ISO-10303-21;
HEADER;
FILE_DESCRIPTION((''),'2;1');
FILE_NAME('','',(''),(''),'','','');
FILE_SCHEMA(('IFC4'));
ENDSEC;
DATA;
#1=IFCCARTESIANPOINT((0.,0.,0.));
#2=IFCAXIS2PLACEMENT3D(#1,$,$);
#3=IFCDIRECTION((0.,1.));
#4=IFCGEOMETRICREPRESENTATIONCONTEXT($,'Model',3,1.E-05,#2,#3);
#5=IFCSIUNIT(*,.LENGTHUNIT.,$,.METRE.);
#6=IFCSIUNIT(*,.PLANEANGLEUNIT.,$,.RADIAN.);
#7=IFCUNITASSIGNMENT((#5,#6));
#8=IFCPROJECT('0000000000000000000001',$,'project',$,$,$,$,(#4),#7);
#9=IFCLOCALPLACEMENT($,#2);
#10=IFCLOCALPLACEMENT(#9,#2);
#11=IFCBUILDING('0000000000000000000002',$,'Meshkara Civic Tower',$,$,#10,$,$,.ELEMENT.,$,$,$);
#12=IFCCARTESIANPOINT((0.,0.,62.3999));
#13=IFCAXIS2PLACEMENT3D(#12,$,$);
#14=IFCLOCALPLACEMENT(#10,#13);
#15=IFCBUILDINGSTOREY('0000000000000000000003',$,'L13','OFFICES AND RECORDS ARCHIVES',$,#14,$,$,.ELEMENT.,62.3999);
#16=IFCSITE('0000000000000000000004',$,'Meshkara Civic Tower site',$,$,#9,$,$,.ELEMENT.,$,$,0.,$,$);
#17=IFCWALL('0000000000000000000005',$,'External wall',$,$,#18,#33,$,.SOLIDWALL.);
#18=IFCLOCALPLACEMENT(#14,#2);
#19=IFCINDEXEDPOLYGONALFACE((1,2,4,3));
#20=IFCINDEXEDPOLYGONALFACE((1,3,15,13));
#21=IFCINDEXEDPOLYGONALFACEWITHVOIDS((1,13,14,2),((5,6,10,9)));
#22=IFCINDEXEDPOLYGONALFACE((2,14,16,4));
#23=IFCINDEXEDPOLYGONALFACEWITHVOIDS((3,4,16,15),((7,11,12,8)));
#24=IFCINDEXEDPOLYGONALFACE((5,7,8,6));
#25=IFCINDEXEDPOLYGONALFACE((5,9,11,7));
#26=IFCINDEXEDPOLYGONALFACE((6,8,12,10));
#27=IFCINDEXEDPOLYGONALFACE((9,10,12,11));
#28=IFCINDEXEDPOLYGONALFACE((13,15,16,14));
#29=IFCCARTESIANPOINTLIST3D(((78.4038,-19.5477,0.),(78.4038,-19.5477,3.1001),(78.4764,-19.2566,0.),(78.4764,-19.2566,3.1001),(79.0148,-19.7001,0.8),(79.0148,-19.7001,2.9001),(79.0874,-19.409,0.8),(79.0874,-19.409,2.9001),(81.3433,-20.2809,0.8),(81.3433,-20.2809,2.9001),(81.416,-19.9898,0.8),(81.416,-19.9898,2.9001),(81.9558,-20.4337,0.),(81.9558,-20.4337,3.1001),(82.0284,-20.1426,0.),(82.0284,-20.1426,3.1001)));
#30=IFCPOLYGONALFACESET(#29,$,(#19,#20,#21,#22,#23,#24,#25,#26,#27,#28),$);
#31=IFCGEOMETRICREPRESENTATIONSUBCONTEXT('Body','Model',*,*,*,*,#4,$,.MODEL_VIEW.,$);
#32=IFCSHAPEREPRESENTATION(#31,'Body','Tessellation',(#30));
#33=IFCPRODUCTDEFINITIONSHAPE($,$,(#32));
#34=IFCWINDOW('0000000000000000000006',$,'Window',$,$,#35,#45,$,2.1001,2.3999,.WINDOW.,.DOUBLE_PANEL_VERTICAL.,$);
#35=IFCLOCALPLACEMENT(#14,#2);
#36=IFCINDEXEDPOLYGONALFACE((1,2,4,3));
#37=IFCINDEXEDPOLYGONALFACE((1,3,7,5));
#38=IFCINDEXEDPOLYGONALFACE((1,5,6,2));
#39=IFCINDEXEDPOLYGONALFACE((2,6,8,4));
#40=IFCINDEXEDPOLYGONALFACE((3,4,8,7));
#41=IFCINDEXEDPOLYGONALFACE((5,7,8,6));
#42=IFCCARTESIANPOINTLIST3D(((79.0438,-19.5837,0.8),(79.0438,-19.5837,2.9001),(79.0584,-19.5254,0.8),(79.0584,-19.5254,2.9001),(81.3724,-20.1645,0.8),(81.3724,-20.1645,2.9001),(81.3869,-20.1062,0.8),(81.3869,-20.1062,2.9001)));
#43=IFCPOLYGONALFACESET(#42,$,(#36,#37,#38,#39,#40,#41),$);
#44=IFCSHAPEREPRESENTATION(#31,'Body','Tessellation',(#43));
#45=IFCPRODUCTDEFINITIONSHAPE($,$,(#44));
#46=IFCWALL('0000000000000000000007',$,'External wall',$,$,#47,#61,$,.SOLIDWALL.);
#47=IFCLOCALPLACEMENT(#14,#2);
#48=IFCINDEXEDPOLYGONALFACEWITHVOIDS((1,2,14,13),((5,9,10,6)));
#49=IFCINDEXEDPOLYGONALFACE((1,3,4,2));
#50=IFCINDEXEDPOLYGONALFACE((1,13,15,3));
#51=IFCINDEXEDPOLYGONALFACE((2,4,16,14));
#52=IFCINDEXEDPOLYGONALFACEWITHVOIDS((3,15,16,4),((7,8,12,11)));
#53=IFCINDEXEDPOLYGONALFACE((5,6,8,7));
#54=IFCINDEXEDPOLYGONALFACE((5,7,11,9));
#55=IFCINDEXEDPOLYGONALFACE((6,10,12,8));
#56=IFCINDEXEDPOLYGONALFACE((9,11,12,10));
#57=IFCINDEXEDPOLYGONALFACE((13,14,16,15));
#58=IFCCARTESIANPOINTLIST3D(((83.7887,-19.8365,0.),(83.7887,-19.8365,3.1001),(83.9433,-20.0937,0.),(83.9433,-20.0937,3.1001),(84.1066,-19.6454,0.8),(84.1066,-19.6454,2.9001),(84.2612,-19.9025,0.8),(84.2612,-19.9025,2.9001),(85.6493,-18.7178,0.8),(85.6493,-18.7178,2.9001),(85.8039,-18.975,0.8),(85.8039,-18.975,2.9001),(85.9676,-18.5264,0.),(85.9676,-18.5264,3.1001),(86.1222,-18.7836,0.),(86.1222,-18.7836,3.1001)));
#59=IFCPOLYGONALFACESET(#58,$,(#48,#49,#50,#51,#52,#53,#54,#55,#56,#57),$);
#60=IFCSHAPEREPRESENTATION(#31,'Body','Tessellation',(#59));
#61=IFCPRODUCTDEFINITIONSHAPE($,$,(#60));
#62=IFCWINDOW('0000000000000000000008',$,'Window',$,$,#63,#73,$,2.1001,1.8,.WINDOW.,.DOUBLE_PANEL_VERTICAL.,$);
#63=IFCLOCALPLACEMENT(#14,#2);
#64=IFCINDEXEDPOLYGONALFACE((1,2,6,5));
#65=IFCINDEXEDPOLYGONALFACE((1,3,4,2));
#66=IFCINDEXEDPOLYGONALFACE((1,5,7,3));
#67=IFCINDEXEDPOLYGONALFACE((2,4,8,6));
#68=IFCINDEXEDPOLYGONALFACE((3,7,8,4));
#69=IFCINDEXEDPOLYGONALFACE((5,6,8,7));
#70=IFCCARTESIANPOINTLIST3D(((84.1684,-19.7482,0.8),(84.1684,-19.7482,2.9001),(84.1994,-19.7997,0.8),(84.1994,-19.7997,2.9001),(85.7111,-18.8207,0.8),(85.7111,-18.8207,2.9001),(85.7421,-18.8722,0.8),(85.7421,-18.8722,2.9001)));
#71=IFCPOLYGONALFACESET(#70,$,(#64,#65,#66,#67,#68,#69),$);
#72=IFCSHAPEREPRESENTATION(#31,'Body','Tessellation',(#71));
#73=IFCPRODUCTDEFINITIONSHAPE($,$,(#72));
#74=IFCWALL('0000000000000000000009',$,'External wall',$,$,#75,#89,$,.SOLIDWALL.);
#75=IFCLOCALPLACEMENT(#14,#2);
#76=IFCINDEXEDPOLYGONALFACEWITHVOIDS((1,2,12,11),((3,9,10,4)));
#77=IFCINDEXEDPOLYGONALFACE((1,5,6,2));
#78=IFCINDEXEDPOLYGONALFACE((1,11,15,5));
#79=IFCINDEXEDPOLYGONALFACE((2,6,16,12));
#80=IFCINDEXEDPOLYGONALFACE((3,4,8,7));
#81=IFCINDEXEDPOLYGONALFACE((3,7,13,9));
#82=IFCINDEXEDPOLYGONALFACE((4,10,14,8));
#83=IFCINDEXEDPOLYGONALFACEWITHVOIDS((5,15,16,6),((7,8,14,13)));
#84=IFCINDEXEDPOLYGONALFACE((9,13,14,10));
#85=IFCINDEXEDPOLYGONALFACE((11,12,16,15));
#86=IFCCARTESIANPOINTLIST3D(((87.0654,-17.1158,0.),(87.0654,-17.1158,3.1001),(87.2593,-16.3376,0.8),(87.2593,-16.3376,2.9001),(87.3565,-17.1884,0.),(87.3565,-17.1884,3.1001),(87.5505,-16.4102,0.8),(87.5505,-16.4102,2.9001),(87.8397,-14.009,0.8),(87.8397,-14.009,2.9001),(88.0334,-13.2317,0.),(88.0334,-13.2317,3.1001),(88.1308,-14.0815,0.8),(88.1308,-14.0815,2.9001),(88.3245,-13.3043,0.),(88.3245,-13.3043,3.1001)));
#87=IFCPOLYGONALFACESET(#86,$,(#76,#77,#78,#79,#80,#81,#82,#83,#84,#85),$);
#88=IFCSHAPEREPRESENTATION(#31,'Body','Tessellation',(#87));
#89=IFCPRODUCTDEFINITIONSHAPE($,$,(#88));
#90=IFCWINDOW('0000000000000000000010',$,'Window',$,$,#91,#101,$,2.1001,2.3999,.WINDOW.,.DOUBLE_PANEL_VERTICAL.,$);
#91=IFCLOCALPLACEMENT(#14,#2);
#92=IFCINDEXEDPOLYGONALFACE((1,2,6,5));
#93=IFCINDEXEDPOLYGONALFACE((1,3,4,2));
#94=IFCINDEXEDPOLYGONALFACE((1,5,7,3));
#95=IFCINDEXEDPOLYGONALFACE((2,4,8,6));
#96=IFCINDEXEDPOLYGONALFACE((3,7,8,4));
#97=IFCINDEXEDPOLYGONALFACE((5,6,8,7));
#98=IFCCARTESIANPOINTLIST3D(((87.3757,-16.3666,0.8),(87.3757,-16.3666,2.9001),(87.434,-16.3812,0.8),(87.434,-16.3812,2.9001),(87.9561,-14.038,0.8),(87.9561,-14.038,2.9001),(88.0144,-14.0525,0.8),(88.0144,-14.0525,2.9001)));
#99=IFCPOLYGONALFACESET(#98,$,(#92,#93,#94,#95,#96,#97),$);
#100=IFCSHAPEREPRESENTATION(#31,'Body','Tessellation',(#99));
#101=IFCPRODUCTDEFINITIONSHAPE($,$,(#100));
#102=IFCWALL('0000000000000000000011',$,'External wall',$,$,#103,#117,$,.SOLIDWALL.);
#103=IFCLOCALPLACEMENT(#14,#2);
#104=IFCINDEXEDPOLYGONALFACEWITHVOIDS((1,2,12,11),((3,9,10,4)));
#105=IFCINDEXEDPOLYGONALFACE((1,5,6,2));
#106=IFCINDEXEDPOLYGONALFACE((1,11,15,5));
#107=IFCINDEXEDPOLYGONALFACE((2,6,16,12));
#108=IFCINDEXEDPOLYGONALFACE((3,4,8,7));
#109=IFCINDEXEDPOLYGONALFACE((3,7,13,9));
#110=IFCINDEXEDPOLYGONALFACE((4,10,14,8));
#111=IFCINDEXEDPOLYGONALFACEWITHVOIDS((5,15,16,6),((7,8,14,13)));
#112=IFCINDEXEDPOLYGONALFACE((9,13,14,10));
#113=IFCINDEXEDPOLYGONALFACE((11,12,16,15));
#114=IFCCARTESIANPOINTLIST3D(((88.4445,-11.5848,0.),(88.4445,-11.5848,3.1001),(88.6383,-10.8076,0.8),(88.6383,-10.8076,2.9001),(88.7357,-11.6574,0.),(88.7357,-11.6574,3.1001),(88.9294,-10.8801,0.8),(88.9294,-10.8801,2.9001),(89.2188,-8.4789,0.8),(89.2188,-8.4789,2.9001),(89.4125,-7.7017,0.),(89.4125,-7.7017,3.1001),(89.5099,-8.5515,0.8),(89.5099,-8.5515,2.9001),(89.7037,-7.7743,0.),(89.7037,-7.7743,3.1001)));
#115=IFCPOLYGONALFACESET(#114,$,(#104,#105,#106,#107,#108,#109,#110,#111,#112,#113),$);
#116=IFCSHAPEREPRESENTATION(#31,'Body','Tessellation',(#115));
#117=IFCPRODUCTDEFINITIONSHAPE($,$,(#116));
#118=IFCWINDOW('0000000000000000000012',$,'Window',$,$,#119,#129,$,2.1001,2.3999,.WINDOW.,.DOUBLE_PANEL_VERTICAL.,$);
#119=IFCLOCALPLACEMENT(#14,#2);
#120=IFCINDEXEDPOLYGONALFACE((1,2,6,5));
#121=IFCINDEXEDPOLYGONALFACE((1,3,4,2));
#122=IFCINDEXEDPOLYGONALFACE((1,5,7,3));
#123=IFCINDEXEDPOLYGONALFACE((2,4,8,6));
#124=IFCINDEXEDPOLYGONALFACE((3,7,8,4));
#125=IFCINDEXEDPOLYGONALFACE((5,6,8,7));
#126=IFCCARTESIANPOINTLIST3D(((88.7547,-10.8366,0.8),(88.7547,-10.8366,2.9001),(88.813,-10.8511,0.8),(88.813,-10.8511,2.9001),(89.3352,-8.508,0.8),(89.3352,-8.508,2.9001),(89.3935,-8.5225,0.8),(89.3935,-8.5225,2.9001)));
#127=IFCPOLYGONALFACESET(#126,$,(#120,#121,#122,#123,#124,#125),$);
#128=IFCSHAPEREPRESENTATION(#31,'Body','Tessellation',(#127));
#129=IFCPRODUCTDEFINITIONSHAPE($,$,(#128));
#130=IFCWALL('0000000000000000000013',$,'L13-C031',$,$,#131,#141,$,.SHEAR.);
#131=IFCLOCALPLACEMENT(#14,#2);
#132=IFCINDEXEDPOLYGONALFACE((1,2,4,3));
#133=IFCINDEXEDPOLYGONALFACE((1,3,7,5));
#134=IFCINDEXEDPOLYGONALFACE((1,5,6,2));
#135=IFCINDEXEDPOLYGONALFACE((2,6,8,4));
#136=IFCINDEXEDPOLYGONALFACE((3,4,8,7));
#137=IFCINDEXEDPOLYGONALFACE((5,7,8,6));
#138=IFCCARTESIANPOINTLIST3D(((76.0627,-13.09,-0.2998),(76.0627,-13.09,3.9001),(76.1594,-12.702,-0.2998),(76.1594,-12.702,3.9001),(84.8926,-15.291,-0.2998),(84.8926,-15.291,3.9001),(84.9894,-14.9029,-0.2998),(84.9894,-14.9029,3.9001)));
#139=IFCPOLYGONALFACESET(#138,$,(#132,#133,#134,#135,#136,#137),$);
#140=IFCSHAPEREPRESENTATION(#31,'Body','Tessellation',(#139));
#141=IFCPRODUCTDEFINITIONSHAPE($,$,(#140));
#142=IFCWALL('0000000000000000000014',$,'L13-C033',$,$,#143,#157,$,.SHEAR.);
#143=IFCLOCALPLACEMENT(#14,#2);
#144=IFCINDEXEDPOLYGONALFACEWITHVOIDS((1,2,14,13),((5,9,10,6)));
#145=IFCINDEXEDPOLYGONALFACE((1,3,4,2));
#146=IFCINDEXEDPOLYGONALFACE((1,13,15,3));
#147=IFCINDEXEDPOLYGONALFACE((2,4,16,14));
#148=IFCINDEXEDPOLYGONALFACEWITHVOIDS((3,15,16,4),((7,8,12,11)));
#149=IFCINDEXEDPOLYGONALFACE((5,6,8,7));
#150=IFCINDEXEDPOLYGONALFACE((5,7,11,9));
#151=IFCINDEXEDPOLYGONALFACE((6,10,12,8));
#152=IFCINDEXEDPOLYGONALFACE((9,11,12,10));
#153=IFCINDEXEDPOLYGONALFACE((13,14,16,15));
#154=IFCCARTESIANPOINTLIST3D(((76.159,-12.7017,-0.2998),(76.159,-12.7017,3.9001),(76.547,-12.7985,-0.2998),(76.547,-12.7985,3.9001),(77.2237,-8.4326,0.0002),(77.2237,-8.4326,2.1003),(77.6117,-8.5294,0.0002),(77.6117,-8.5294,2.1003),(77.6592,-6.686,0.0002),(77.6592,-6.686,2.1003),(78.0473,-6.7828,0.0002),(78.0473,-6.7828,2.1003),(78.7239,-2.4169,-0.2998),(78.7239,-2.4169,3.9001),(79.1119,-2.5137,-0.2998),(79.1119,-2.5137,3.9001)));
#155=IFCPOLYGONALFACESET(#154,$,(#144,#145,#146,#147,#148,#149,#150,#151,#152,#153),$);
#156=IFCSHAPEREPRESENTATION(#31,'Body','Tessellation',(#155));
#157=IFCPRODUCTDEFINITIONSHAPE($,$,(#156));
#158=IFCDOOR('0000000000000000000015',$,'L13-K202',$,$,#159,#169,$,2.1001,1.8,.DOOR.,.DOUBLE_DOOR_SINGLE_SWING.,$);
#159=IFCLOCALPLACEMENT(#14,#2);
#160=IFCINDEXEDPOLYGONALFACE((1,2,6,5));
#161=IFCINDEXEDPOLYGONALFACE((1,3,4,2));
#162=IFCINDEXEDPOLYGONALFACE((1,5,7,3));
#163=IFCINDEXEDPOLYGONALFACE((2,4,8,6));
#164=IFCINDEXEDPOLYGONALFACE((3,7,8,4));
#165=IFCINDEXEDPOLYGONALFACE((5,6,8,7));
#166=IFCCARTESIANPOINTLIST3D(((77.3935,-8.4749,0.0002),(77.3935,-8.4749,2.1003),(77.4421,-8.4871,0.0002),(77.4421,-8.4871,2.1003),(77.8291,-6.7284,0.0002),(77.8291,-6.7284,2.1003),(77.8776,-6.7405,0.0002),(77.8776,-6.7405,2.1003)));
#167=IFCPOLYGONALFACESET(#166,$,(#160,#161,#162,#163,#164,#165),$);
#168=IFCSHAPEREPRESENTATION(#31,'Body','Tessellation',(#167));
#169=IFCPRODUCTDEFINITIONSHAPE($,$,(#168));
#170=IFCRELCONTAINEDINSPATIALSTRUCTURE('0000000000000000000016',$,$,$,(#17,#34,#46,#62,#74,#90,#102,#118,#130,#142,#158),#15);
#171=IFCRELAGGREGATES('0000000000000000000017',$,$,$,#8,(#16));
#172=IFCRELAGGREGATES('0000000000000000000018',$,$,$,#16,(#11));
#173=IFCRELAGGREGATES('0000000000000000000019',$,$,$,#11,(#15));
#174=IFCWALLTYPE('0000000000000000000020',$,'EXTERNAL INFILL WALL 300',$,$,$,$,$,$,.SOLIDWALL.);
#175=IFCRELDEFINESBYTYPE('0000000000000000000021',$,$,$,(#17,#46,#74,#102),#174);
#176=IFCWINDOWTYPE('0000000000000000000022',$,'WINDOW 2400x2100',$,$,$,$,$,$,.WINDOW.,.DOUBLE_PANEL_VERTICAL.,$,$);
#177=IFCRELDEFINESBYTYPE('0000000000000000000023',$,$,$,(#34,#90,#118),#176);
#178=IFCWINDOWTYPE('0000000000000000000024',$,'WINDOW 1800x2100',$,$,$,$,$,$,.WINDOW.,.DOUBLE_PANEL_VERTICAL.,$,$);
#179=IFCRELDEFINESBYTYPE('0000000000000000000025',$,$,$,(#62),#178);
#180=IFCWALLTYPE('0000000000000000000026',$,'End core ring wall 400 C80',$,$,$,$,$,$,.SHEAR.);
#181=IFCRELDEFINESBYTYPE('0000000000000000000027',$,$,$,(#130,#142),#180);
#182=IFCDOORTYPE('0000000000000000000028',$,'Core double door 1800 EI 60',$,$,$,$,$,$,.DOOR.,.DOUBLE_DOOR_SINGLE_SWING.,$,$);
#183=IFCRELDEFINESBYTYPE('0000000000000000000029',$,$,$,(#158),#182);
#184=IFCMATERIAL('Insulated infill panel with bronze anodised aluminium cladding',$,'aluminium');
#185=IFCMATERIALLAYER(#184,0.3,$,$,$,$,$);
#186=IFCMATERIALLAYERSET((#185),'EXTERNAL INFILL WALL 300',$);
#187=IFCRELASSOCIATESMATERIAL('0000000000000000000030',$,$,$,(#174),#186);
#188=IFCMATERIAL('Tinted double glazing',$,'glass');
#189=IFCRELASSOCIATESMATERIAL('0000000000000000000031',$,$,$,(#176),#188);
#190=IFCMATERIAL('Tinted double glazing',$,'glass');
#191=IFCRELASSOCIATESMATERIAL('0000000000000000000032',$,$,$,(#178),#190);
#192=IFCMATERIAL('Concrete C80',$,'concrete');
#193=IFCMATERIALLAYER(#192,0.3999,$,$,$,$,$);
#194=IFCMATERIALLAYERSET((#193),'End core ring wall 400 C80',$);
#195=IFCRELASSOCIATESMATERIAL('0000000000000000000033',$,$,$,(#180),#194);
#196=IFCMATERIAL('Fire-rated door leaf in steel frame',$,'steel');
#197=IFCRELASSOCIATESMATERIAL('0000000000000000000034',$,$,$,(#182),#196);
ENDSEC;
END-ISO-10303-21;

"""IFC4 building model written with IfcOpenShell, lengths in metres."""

from ifc_helpers import new_model, si_unit, direction, frame, frame_2d, origin, place, context, subcontext, project, spatial, rectangle, extrude, material, layer, layer_set, type_object, element, fill, save


model = new_model("IFC4")

# Units and contexts
model_context = context("Model", 3, precision=1e-05, world=origin(), true_north=direction((0.0, 1.0)))
body_context = subcontext(model_context, "Body", "Model", "MODEL_VIEW")
ifc_project = project(units=[si_unit("LENGTHUNIT", "METRE"), si_unit("PLANEANGLEUNIT", "RADIAN")], contexts=[model_context])

# Site, building, storey
site_placement = place(None, origin())
site = spatial("IfcSite", under=ifc_project, at=site_placement, Name="Meshkara Civic Tower site", CompositionType="ELEMENT", RefElevation=0.0)
building_placement = place(site_placement, origin())
building = spatial("IfcBuilding", under=site, at=building_placement, Name="Meshkara Civic Tower", CompositionType="ELEMENT")
storey_placement = place(building_placement, frame((0.0, 0.0, 62.3999)))
storey = spatial("IfcBuildingStorey", under=building, at=storey_placement, Name="L13", Description="OFFICES AND RECORDS ARCHIVES", CompositionType="ELEMENT", Elevation=62.3999)

# Walls, openings, windows
ifc_material_1 = material(Name="Insulated infill panel with bronze anodised aluminium cladding", Category="aluminium")
ifc_layer_1 = layer(ifc_material_1, 0.3)
ifc_layer_set_1 = layer_set([ifc_layer_1], Name="EXTERNAL INFILL WALL 300")
wall_type_1 = type_object("IfcWallType", Name="EXTERNAL INFILL WALL 300", PredefinedType="SOLIDWALL", material=ifc_layer_set_1)
wall_1_placement = place(storey_placement, frame((78.4399, -19.4021, 0.0), z_axis=(0.0, 0.0, 1.0), x_axis=(0.970272, -0.242018, 0.0)))
wall_1 = element("IfcWall", 1, at=wall_1_placement, inside=storey, type_object=wall_type_1, Name="External wall", PredefinedType="SOLIDWALL", context=body_context, shape_type="SweptSolid", body=[
    extrude(rectangle(XDim=3.6609, YDim=0.3, at=frame_2d((1.8306, 0.0))), origin(), (0.0, 0.0, 1.0), 3.1001),
])
opening_1_placement = place(wall_1_placement, frame((0.6299, 0.0, 0.8)))
opening_1 = element("IfcOpeningElement", 2, at=opening_1_placement, cuts=wall_1, PredefinedType="OPENING", context=body_context, shape_type="SweptSolid", body=[
    extrude(rectangle(XDim=2.3999, YDim=2.1001, at=frame_2d((1.2, 1.05))), frame((0.0, 0.1599, 0.0), z_axis=(0.0, -1.0, 0.0), x_axis=(1.0, 0.0, 0.0)), (0.0, 0.0, 1.0), 0.3201),
])
ifc_material_2 = material(Name="Tinted double glazing", Category="glass")
window_type_1 = type_object("IfcWindowType", Name="WINDOW 2400x2100", PartitioningType="DOUBLE_PANEL_VERTICAL", PredefinedType="WINDOW", material=ifc_material_2)
window_1_placement = place(opening_1_placement, origin())
window_1 = element("IfcWindow", 3, at=window_1_placement, inside=storey, type_object=window_type_1, Name="Window", OverallHeight=2.1001, OverallWidth=2.3999, PartitioningType="DOUBLE_PANEL_VERTICAL", PredefinedType="WINDOW", context=body_context, shape_type="SweptSolid", body=[
    extrude(rectangle(XDim=2.3999, YDim=2.1001, at=frame_2d((1.2, 1.05))), frame((0.0, 0.03, 0.0), z_axis=(0.0, -1.0, 0.0), x_axis=(1.0, 0.0, 0.0)), (0.0, 0.0, 1.0), 0.0601),
])
fill(opening_1, window_1)
wall_2_placement = place(storey_placement, frame((83.866, -19.9651, 0.0), z_axis=(0.0, 0.0, 1.0), x_axis=(0.857027, 0.515272, 0.0)))
wall_2 = element("IfcWall", 4, at=wall_2_placement, inside=storey, type_object=wall_type_1, Name="External wall", PredefinedType="SOLIDWALL", context=body_context, shape_type="SweptSolid", body=[
    extrude(rectangle(XDim=2.5425, YDim=0.3, at=frame_2d((1.2712, 0.0))), origin(), (0.0, 0.0, 1.0), 3.1001),
])
opening_2_placement = place(wall_2_placement, frame((0.3711, 0.0, 0.8)))
opening_2 = element("IfcOpeningElement", 5, at=opening_2_placement, cuts=wall_2, PredefinedType="OPENING", context=body_context, shape_type="SweptSolid", body=[
    extrude(rectangle(XDim=1.8, YDim=2.1001, at=frame_2d((0.8999, 1.05))), frame((0.0, 0.1599, 0.0), z_axis=(0.0, -1.0, 0.0), x_axis=(1.0, 0.0, 0.0)), (0.0, 0.0, 1.0), 0.3201),
])
ifc_material_3 = material(Name="Tinted double glazing", Category="glass")
window_type_2 = type_object("IfcWindowType", Name="WINDOW 1800x2100", PartitioningType="DOUBLE_PANEL_VERTICAL", PredefinedType="WINDOW", material=ifc_material_3)
window_2_placement = place(opening_2_placement, origin())
window_2 = element("IfcWindow", 6, at=window_2_placement, inside=storey, type_object=window_type_2, Name="Window", OverallHeight=2.1001, OverallWidth=1.8, PartitioningType="DOUBLE_PANEL_VERTICAL", PredefinedType="WINDOW", context=body_context, shape_type="SweptSolid", body=[
    extrude(rectangle(XDim=1.8, YDim=2.1001, at=frame_2d((0.8999, 1.05))), frame((0.0, 0.03, 0.0), z_axis=(0.0, -1.0, 0.0), x_axis=(1.0, 0.0, 0.0)), (0.0, 0.0, 1.0), 0.0601),
])
fill(opening_2, window_2)
wall_3_placement = place(storey_placement, frame((87.2109, -17.1521, 0.0), z_axis=(0.0, 0.0, 1.0), x_axis=(0.241832, 0.970318, 0.0)))
wall_3 = element("IfcWall", 7, at=wall_3_placement, inside=storey, type_object=wall_type_1, Name="External wall", PredefinedType="SOLIDWALL", context=body_context, shape_type="SweptSolid", body=[
    extrude(rectangle(XDim=4.0029, YDim=0.3, at=frame_2d((2.0015, 0.0))), origin(), (0.0, 0.0, 1.0), 3.1001),
])
opening_3_placement = place(wall_3_placement, frame((0.802, 0.0, 0.8)))
opening_3 = element("IfcOpeningElement", 8, at=opening_3_placement, cuts=wall_3, PredefinedType="OPENING", context=body_context, shape_type="SweptSolid", body=[
    extrude(rectangle(XDim=2.3999, YDim=2.1001, at=frame_2d((1.2, 1.05))), frame((0.0, 0.1599, 0.0), z_axis=(0.0, -1.0, 0.0), x_axis=(1.0, 0.0, 0.0)), (0.0, 0.0, 1.0), 0.3201),
])
window_3_placement = place(opening_3_placement, origin())
window_3 = element("IfcWindow", 9, at=window_3_placement, inside=storey, type_object=window_type_1, Name="Window", OverallHeight=2.1001, OverallWidth=2.3999, PartitioningType="DOUBLE_PANEL_VERTICAL", PredefinedType="WINDOW", context=body_context, shape_type="SweptSolid", body=[
    extrude(rectangle(XDim=2.3999, YDim=2.1001, at=frame_2d((1.2, 1.05))), frame((0.0, 0.03, 0.0), z_axis=(0.0, -1.0, 0.0), x_axis=(1.0, 0.0, 0.0)), (0.0, 0.0, 1.0), 0.0601),
])
fill(opening_3, window_3)
wall_4_placement = place(storey_placement, frame((88.5901, -11.6211, 0.0), z_axis=(0.0, 0.0, 1.0), x_axis=(0.24189, 0.970304, 0.0)))
wall_4 = element("IfcWall", 10, at=wall_4_placement, inside=storey, type_object=wall_type_1, Name="External wall", PredefinedType="SOLIDWALL", context=body_context, shape_type="SweptSolid", body=[
    extrude(rectangle(XDim=4.002, YDim=0.3, at=frame_2d((2.001, 0.0))), origin(), (0.0, 0.0, 1.0), 3.1001),
])
opening_4_placement = place(wall_4_placement, frame((0.801, 0.0, 0.8)))
opening_4 = element("IfcOpeningElement", 11, at=opening_4_placement, cuts=wall_4, PredefinedType="OPENING", context=body_context, shape_type="SweptSolid", body=[
    extrude(rectangle(XDim=2.3999, YDim=2.1001, at=frame_2d((1.2, 1.05))), frame((0.0, 0.1599, 0.0), z_axis=(0.0, -1.0, 0.0), x_axis=(1.0, 0.0, 0.0)), (0.0, 0.0, 1.0), 0.3201),
])
window_4_placement = place(opening_4_placement, origin())
window_4 = element("IfcWindow", 12, at=window_4_placement, inside=storey, type_object=window_type_1, Name="Window", OverallHeight=2.1001, OverallWidth=2.3999, PartitioningType="DOUBLE_PANEL_VERTICAL", PredefinedType="WINDOW", context=body_context, shape_type="SweptSolid", body=[
    extrude(rectangle(XDim=2.3999, YDim=2.1001, at=frame_2d((1.2, 1.05))), frame((0.0, 0.03, 0.0), z_axis=(0.0, -1.0, 0.0), x_axis=(1.0, 0.0, 0.0)), (0.0, 0.0, 1.0), 0.0601),
])
fill(opening_4, window_4)

# Wall
ifc_material_4 = material(Name="Concrete C80", Category="concrete")
ifc_layer_2 = layer(ifc_material_4, 0.3999)
ifc_layer_set_2 = layer_set([ifc_layer_2], Name="End core ring wall 400 C80")
wall_type_2 = type_object("IfcWallType", Name="End core ring wall 400 C80", PredefinedType="SHEAR", material=ifc_layer_set_2)
wall_5_placement = place(storey_placement, frame((76.1111, -12.896, -0.2998), z_axis=(0.0, 0.0, 1.0), x_axis=(0.970311, -0.24186, 0.0)))
element("IfcWall", 13, at=wall_5_placement, inside=storey, type_object=wall_type_2, Name="L13-C031", PredefinedType="SHEAR", context=body_context, shape_type="SweptSolid", body=[
    extrude(rectangle(XDim=9.1001, YDim=0.3999, at=frame_2d((4.55, 0.0))), origin(), (0.0, 0.0, 1.0), 4.2),
])

# Wall, opening, door
wall_6_placement = place(storey_placement, frame((76.353, -12.75, -0.2998), z_axis=(0.0, 0.0, 1.0), x_axis=(0.241977, 0.970282, 0.0)))
wall_6 = element("IfcWall", 14, at=wall_6_placement, inside=storey, type_object=wall_type_2, Name="L13-C033", PredefinedType="SHEAR", context=body_context, shape_type="SweptSolid", body=[
    extrude(rectangle(XDim=10.5999, YDim=0.3999, at=frame_2d((5.2998, 0.0))), origin(), (0.0, 0.0, 1.0), 4.2),
])
opening_5_placement = place(wall_6_placement, frame((4.3999, 0.0, 0.3)))
opening_5 = element("IfcOpeningElement", 15, at=opening_5_placement, cuts=wall_6, PredefinedType="OPENING", context=body_context, shape_type="SweptSolid", body=[
    extrude(rectangle(XDim=1.8, YDim=2.1001, at=frame_2d((0.8999, 1.05))), frame((0.0, 0.21, 0.0), z_axis=(0.0, -1.0, 0.0), x_axis=(1.0, 0.0, 0.0)), (0.0, 0.0, 1.0), 0.4199),
])
ifc_material_5 = material(Name="Fire-rated door leaf in steel frame", Category="steel")
door_type_1 = type_object("IfcDoorType", Name="Core double door 1800 EI 60", OperationType="DOUBLE_DOOR_SINGLE_SWING", PredefinedType="DOOR", material=ifc_material_5)
door_1_placement = place(opening_5_placement, origin())
door_1 = element("IfcDoor", 16, at=door_1_placement, inside=storey, type_object=door_type_1, Name="L13-K202", OperationType="DOUBLE_DOOR_SINGLE_SWING", OverallHeight=2.1001, OverallWidth=1.8, PredefinedType="DOOR", context=body_context, shape_type="SweptSolid", body=[
    extrude(rectangle(XDim=1.8, YDim=2.1001, at=frame_2d((0.8999, 1.05))), frame((0.0, 0.0249, 0.0), z_axis=(0.0, -1.0, 0.0), x_axis=(1.0, 0.0, 0.0)), (0.0, 0.0, 1.0), 0.05),
])
fill(opening_5, door_1)

save(model, "model.ifc")
